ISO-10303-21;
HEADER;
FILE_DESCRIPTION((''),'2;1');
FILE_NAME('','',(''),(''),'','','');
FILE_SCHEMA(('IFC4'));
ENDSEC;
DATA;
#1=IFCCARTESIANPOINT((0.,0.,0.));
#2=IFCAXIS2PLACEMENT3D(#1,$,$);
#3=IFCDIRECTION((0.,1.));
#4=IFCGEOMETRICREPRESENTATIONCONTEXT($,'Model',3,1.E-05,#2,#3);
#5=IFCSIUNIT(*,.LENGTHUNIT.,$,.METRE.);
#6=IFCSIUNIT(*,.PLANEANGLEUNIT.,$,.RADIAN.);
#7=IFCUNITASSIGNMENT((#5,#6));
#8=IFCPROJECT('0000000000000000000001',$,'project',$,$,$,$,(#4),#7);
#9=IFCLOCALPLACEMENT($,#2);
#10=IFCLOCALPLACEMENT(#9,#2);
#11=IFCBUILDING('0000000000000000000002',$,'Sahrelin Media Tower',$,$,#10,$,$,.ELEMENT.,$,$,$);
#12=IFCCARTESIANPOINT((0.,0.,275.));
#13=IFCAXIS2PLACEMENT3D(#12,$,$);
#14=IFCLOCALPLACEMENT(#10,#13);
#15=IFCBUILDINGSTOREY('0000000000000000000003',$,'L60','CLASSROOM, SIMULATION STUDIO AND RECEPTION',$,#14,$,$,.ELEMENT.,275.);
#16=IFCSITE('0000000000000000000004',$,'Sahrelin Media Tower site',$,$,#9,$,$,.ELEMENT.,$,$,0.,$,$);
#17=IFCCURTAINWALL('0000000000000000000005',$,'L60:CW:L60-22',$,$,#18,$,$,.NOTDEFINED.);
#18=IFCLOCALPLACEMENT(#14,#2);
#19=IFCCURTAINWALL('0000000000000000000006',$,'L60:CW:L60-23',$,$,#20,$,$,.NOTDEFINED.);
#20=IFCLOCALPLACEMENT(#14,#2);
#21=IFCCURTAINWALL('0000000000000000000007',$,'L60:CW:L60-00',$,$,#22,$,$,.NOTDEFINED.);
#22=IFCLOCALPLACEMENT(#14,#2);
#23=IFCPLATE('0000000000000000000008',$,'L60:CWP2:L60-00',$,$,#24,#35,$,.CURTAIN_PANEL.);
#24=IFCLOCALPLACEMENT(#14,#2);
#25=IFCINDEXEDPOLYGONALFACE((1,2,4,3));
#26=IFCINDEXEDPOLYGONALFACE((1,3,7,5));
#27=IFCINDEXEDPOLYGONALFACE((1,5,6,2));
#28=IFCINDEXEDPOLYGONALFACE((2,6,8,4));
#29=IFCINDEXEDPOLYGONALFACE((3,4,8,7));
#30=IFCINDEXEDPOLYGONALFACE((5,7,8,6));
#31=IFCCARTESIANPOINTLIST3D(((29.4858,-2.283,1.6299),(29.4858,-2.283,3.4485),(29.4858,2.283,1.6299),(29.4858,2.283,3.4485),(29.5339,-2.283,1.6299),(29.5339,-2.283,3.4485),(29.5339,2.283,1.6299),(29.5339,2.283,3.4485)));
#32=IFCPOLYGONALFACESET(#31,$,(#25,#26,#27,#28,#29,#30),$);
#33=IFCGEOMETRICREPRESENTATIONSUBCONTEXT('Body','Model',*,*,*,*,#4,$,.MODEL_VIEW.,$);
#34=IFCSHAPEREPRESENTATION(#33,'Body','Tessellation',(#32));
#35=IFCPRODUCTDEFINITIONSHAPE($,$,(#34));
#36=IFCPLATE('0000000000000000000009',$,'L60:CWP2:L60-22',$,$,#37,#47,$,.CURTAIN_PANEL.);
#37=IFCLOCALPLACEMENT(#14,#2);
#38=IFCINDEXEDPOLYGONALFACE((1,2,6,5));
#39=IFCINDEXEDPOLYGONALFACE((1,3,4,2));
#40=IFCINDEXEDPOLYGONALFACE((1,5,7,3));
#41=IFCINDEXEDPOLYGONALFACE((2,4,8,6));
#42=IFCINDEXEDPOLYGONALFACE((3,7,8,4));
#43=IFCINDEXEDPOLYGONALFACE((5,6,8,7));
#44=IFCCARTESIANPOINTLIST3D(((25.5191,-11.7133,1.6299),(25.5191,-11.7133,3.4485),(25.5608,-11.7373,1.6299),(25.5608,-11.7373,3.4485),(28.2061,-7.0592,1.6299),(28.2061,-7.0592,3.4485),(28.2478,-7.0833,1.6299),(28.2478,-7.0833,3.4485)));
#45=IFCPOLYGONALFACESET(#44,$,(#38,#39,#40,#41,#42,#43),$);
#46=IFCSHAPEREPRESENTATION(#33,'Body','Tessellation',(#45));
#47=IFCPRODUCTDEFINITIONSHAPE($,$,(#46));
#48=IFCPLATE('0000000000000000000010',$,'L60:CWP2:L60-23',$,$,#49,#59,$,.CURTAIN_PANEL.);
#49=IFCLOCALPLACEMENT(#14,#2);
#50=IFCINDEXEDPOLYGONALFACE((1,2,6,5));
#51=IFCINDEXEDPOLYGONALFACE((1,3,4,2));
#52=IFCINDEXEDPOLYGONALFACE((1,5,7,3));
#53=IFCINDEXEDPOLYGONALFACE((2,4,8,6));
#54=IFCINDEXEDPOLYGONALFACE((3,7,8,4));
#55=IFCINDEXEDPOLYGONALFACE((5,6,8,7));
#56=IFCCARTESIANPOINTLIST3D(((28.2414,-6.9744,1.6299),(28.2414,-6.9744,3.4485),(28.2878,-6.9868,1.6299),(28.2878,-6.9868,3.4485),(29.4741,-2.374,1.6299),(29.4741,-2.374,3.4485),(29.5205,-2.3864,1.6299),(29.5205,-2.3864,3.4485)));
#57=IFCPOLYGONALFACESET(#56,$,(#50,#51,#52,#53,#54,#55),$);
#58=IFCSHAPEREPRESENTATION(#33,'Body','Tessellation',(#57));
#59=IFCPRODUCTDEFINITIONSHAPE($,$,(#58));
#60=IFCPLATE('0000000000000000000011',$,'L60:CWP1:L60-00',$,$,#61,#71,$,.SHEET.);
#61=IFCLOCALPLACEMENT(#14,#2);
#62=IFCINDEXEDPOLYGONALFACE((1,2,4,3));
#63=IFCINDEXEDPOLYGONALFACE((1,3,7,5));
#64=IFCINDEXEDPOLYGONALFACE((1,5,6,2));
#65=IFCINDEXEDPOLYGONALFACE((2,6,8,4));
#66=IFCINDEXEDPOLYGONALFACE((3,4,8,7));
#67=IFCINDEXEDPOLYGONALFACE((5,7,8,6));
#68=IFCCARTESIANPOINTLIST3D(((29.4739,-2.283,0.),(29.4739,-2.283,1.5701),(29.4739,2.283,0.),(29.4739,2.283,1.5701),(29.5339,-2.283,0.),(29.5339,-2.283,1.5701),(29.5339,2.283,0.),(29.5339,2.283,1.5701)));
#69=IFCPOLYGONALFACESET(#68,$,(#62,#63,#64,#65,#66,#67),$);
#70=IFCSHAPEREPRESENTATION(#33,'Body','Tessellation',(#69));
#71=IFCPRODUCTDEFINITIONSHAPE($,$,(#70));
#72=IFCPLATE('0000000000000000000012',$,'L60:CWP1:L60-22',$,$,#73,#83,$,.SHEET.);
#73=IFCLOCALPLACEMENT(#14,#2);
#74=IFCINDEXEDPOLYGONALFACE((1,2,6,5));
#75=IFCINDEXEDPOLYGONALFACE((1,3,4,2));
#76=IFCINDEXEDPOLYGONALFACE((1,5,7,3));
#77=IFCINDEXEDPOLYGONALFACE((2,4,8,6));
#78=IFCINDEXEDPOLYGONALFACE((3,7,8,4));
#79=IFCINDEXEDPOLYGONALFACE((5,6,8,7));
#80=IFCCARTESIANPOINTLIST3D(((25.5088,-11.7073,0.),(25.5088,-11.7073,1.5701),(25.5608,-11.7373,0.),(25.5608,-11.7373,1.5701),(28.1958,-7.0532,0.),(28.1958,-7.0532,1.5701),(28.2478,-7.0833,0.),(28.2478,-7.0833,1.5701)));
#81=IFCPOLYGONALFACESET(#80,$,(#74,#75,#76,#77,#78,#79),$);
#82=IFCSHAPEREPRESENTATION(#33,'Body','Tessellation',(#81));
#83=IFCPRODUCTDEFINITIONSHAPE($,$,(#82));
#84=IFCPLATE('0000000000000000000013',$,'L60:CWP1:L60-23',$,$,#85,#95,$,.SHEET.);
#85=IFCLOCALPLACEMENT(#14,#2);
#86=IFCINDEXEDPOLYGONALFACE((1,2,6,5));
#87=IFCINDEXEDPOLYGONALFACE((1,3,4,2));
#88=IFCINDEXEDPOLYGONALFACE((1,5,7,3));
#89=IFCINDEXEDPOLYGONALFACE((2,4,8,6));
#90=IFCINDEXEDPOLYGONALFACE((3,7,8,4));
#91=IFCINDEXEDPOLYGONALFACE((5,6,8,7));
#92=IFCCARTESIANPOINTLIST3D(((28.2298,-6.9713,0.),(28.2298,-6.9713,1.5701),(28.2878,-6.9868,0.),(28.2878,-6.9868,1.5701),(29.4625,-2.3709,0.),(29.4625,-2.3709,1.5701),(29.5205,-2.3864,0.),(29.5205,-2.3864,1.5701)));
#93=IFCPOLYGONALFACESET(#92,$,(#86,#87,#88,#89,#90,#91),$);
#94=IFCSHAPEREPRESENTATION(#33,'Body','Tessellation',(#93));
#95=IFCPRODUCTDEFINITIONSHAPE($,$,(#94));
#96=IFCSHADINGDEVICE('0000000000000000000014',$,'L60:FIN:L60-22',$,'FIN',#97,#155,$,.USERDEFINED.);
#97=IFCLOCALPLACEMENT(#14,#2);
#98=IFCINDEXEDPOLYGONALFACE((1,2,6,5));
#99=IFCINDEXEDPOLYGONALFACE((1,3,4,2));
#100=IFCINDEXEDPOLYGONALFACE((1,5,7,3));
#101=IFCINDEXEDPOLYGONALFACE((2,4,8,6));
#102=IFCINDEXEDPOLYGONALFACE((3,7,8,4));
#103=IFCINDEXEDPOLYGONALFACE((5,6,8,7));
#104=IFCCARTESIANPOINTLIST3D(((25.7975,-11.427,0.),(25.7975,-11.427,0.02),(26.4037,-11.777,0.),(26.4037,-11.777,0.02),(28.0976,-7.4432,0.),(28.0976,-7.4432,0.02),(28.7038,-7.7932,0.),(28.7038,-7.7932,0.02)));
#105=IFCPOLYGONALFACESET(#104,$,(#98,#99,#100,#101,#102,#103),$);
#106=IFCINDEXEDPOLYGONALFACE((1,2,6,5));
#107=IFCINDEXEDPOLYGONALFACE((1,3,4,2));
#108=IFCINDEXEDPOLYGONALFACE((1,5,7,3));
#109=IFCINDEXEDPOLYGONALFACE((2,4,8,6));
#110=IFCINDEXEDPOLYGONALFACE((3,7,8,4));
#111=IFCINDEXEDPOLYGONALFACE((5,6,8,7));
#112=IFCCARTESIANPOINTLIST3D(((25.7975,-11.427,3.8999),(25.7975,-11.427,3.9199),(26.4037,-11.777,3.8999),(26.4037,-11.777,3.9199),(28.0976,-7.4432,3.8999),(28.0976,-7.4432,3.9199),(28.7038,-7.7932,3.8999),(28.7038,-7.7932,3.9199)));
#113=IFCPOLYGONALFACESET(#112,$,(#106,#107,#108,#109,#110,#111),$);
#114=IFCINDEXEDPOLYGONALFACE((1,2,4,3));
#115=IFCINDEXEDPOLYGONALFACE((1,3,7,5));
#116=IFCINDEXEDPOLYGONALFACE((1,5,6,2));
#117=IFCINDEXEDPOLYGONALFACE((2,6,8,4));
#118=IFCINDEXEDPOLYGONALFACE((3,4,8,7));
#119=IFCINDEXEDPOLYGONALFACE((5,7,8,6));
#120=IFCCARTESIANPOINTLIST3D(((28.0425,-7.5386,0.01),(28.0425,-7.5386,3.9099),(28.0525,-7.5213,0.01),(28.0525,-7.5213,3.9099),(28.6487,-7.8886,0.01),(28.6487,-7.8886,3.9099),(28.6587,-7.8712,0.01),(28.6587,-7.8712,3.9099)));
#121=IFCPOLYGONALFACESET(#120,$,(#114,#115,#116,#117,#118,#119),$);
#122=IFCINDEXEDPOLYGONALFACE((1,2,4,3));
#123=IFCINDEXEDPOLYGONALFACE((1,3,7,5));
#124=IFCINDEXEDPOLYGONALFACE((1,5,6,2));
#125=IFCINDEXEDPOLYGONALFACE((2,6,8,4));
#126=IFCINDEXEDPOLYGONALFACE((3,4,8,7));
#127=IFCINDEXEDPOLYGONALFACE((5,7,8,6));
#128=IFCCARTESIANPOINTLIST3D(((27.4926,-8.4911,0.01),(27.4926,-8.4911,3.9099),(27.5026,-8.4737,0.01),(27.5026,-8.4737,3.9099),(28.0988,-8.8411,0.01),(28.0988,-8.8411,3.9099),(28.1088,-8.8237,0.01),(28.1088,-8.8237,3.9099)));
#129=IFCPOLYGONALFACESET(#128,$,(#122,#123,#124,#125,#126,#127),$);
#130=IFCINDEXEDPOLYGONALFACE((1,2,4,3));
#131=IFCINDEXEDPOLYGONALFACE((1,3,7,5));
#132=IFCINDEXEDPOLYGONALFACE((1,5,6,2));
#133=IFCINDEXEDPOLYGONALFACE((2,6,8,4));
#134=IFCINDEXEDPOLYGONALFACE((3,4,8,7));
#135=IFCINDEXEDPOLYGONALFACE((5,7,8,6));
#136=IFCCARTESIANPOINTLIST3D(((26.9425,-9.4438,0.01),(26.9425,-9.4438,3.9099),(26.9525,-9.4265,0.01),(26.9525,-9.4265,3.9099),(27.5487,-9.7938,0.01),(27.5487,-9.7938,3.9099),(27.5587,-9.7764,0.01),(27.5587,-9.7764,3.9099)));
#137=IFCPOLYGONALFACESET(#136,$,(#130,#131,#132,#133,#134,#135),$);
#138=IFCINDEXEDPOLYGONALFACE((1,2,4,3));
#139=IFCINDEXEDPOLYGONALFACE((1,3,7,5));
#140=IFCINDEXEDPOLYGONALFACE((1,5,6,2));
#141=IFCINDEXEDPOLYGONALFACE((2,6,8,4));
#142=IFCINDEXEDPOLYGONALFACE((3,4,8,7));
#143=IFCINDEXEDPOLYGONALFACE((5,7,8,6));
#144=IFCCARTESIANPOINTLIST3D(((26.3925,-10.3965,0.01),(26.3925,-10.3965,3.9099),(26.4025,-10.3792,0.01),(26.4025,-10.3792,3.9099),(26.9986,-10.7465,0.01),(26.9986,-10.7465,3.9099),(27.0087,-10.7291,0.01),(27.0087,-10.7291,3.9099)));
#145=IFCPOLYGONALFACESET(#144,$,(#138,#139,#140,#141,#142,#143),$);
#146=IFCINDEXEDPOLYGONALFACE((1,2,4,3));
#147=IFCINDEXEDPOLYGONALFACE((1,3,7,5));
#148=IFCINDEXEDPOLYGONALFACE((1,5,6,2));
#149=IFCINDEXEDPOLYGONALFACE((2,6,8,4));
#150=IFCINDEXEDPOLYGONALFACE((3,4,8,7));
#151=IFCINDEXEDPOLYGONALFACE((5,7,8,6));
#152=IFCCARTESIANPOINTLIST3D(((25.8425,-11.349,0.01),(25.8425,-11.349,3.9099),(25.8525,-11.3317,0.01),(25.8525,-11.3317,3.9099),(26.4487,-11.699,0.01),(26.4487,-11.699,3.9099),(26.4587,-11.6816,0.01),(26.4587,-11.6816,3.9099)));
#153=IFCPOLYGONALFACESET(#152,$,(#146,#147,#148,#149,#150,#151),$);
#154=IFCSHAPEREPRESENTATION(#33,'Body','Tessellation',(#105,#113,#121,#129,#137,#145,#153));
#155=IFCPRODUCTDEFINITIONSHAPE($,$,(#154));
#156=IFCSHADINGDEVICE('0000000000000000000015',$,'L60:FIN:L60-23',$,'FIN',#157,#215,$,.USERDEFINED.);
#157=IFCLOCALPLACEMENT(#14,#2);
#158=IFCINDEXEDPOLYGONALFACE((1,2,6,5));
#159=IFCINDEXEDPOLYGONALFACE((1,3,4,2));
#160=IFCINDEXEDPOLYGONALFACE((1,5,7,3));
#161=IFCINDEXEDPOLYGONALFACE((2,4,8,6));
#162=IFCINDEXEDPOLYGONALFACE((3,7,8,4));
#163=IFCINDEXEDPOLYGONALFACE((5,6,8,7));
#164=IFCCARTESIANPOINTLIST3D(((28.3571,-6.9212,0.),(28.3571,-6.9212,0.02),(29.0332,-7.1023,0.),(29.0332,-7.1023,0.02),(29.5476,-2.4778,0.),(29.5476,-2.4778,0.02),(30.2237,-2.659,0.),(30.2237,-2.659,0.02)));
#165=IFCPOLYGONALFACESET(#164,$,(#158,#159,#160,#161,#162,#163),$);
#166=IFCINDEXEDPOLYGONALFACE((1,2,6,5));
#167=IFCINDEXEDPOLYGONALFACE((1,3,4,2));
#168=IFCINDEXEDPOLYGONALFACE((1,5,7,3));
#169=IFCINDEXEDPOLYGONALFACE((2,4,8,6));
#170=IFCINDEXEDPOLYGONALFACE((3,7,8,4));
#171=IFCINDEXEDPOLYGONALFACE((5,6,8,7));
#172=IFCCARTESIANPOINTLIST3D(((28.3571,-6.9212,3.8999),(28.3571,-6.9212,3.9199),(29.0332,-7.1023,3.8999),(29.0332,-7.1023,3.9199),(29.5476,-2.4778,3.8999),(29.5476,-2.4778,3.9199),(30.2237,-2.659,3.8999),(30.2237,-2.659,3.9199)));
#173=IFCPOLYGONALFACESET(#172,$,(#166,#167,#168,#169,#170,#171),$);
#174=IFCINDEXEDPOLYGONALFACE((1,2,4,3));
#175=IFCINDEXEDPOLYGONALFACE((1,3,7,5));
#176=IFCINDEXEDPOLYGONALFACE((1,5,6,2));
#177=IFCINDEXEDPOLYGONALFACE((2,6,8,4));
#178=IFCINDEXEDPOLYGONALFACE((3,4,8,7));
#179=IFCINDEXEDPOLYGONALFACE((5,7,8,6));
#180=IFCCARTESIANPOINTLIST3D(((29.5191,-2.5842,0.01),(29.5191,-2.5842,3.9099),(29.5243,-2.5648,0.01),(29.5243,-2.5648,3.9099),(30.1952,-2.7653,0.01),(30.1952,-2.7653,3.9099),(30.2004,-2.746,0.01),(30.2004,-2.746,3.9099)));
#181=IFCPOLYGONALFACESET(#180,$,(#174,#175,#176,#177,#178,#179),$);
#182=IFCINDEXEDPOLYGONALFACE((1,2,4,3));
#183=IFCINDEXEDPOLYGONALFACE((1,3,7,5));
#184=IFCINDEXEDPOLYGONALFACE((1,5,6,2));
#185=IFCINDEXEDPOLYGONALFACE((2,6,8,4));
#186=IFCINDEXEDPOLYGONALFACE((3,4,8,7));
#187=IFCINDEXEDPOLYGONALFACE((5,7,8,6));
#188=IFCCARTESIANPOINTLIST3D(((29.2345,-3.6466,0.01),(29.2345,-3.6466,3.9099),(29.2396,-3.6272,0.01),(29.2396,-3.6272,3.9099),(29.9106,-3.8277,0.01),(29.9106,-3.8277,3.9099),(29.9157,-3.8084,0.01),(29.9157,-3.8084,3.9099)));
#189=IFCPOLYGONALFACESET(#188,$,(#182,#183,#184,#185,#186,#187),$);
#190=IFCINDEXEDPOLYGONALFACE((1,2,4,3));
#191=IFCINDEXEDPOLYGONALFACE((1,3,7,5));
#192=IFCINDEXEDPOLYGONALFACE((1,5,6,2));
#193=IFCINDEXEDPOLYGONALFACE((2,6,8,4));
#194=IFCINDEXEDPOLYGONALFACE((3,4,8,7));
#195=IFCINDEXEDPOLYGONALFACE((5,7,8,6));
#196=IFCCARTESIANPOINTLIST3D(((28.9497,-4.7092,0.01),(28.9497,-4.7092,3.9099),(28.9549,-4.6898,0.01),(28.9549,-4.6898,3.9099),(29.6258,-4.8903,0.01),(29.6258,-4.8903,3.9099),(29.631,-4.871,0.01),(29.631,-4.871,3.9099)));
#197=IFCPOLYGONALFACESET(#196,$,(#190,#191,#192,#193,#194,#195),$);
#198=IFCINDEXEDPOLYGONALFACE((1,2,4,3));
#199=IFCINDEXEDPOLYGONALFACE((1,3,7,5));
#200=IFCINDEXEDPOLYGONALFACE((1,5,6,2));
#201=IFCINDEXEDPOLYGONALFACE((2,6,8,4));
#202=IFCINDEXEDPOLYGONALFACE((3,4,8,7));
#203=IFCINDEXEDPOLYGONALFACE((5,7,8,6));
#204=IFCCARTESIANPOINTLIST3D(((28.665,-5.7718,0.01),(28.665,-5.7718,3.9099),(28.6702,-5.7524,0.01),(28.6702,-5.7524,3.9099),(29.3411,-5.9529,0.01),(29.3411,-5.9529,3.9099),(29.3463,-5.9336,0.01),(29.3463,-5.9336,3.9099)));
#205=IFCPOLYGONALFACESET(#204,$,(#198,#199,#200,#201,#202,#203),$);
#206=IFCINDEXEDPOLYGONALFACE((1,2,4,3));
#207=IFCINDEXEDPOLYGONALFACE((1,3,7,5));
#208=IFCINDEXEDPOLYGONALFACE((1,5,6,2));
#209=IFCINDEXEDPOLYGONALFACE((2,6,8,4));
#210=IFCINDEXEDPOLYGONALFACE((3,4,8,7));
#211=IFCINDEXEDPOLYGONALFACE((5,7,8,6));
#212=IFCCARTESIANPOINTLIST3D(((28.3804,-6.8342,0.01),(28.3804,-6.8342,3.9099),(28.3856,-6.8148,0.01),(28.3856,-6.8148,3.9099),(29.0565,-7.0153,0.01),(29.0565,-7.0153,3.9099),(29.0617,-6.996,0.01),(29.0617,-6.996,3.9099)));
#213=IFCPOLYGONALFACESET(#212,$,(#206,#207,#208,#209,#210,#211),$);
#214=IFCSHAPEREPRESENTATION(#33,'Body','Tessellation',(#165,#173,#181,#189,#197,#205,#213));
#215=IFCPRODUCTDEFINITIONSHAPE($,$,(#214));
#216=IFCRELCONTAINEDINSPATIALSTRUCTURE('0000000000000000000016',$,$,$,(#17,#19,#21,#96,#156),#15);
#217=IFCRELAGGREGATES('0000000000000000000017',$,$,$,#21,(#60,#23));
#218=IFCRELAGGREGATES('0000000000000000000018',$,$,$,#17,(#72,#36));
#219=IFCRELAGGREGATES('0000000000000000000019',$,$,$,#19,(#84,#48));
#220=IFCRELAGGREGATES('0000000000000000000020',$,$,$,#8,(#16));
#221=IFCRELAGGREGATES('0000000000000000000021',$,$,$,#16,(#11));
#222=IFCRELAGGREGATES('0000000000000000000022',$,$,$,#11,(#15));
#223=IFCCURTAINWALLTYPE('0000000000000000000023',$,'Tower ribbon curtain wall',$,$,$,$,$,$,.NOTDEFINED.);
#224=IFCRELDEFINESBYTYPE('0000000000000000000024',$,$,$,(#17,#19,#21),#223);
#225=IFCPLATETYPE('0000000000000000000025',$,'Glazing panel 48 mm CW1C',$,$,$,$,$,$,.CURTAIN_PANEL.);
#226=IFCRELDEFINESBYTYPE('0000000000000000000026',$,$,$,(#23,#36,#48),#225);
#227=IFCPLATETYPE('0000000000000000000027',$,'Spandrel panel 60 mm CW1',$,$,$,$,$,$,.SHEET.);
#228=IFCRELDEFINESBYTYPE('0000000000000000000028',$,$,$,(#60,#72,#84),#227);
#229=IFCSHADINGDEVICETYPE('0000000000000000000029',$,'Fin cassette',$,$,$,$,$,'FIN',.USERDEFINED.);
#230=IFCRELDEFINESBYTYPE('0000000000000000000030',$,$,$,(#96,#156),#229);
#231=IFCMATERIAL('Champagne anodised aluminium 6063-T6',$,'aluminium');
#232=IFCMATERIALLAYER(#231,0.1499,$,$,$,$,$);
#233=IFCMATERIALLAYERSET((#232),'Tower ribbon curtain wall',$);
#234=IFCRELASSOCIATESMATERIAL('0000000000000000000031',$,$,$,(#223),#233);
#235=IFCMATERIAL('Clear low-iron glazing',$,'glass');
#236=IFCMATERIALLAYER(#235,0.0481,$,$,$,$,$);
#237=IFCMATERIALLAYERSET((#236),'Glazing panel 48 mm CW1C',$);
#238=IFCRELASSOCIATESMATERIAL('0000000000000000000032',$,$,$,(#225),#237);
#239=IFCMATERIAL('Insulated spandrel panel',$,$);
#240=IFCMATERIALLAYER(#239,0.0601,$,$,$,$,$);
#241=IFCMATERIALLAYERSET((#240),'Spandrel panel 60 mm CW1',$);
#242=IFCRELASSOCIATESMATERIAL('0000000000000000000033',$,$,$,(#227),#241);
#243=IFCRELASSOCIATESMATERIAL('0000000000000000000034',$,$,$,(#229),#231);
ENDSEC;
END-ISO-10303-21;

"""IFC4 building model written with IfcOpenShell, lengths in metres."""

from ifc_helpers import new_model, si_unit, direction, frame, origin, origin_2d, place, context, subcontext, project, spatial, polyline, rectangle, outline, extrude, material, layer, layer_set, type_object, element, aggregate, save


model = new_model("IFC4")

# Units and contexts
model_context = context("Model", 3, precision=1e-05, world=origin(), true_north=direction((0.0, 1.0)))
body_context = subcontext(model_context, "Body", "Model", "MODEL_VIEW")
ifc_project = project(units=[si_unit("LENGTHUNIT", "METRE"), si_unit("PLANEANGLEUNIT", "RADIAN")], contexts=[model_context])

# Site, building, storey
site_placement = place(None, origin())
site = spatial("IfcSite", under=ifc_project, at=site_placement, Name="Sahrelin Media Tower site", CompositionType="ELEMENT", RefElevation=0.0)
building_placement = place(site_placement, origin())
building = spatial("IfcBuilding", under=site, at=building_placement, Name="Sahrelin Media Tower", CompositionType="ELEMENT")
storey_placement = place(building_placement, frame((0.0, 0.0, 275.0)))
storey = spatial("IfcBuildingStorey", under=building, at=storey_placement, Name="L60", Description="CLASSROOM, SIMULATION STUDIO AND RECEPTION", CompositionType="ELEMENT", Elevation=275.0)

# Curtain walls
ifc_material_1 = material(Name="Champagne anodised aluminium 6063-T6", Category="aluminium")
ifc_layer_1 = layer(ifc_material_1, 0.1499)
ifc_layer_set_1 = layer_set([ifc_layer_1], Name="Tower ribbon curtain wall")
curtain_wall_type = type_object("IfcCurtainWallType", Name="Tower ribbon curtain wall", PredefinedType="NOTDEFINED", material=ifc_layer_set_1)
curtain_wall_1_placement = place(storey_placement, frame((26.887, -9.4001, 0.0), z_axis=(0.0, 0.0, 1.0), x_axis=(1.0, 0.0, 0.0)))
curtain_wall_1 = element("IfcCurtainWall", 1, at=curtain_wall_1_placement, inside=storey, type_object=curtain_wall_type, Name="L60:CW:L60-22", PredefinedType="NOTDEFINED")
curtain_wall_2_placement = place(storey_placement, frame((28.8848, -4.6814, 0.0), z_axis=(0.0, 0.0, 1.0), x_axis=(1.0, 0.0, 0.0)))
curtain_wall_2 = element("IfcCurtainWall", 2, at=curtain_wall_2_placement, inside=storey, type_object=curtain_wall_type, Name="L60:CW:L60-23", PredefinedType="NOTDEFINED")

# Curtain wall
curtain_wall_3_placement = place(storey_placement, frame((29.5139, 0.0, 0.0), z_axis=(0.0, 0.0, 1.0), x_axis=(1.0, 0.0, 0.0)))
curtain_wall_3 = element("IfcCurtainWall", 3, at=curtain_wall_3_placement, inside=storey, type_object=curtain_wall_type, Name="L60:CW:L60-00", PredefinedType="NOTDEFINED")

# Plates
ifc_material_2 = material(Name="Clear low-iron glazing", Category="glass")
ifc_layer_2 = layer(ifc_material_2, 0.0481)
ifc_layer_set_2 = layer_set([ifc_layer_2], Name="Glazing panel 48 mm CW1C")
plate_type_1 = type_object("IfcPlateType", Name="Glazing panel 48 mm CW1C", PredefinedType="CURTAIN_PANEL", material=ifc_layer_set_2)
plate_1_placement = place(storey_placement, frame((29.5339, -2.283, 1.6299), z_axis=(1.0, 0.0, 0.0), x_axis=(0.0, 1.0, 0.0)))
plate_1 = element("IfcPlate", 4, at=plate_1_placement, type_object=plate_type_1, Name="L60:CWP2:L60-00", PredefinedType="CURTAIN_PANEL", context=body_context, shape_type="SweptSolid", body=[
    extrude(outline(polyline([(0.0, 0.0), (4.5659, 0.0), (4.5659, 1.8186), (0.0, 1.8186), (0.0, 0.0)])), origin(), (0.0, 0.0, -1.0), 0.0481),
])
plate_2_placement = place(storey_placement, frame((25.5608, -11.7373, 1.6299), z_axis=(0.866026, -0.499999, 0.0), x_axis=(0.499999, 0.866026, 0.0)))
plate_2 = element("IfcPlate", 5, at=plate_2_placement, type_object=plate_type_1, Name="L60:CWP2:L60-22", PredefinedType="CURTAIN_PANEL", context=body_context, shape_type="SweptSolid", body=[
    extrude(outline(polyline([(0.0, 0.0), (5.374, 0.0), (5.374, 1.8186), (0.0, 1.8186), (0.0, 0.0)])), origin(), (0.0, 0.0, -1.0), 0.0481),
])
plate_3_placement = place(storey_placement, frame((28.2878, -6.9868, 1.6299), z_axis=(0.965925, -0.258821, 0.0), x_axis=(0.258821, 0.965925, 0.0)))
plate_3 = element("IfcPlate", 6, at=plate_3_placement, type_object=plate_type_1, Name="L60:CWP2:L60-23", PredefinedType="CURTAIN_PANEL", context=body_context, shape_type="SweptSolid", body=[
    extrude(outline(polyline([(0.0, 0.0), (4.7627, 0.0), (4.7627, 1.8186), (0.0, 1.8186), (0.0, 0.0)])), origin(), (0.0, 0.0, -1.0), 0.0481),
])
ifc_material_3 = material(Name="Insulated spandrel panel")
ifc_layer_3 = layer(ifc_material_3, 0.0601)
ifc_layer_set_3 = layer_set([ifc_layer_3], Name="Spandrel panel 60 mm CW1")
plate_type_2 = type_object("IfcPlateType", Name="Spandrel panel 60 mm CW1", PredefinedType="SHEET", material=ifc_layer_set_3)
plate_4_placement = place(storey_placement, frame((29.5339, -2.283, 0.0), z_axis=(1.0, 0.0, 0.0), x_axis=(0.0, 1.0, 0.0)))
plate_4 = element("IfcPlate", 7, at=plate_4_placement, type_object=plate_type_2, Name="L60:CWP1:L60-00", PredefinedType="SHEET", context=body_context, shape_type="SweptSolid", body=[
    extrude(outline(polyline([(0.0, 0.0), (4.5659, 0.0), (4.5659, 1.5701), (0.0, 1.5701), (0.0, 0.0)])), origin(), (0.0, 0.0, -1.0), 0.0601),
])
aggregate(curtain_wall_3, [plate_4, plate_1])
plate_5_placement = place(storey_placement, frame((25.5608, -11.7373, 0.0), z_axis=(0.866026, -0.499999, 0.0), x_axis=(0.499999, 0.866026, 0.0)))
plate_5 = element("IfcPlate", 8, at=plate_5_placement, type_object=plate_type_2, Name="L60:CWP1:L60-22", PredefinedType="SHEET", context=body_context, shape_type="SweptSolid", body=[
    extrude(outline(polyline([(0.0, 0.0), (5.374, 0.0), (5.374, 1.5701), (0.0, 1.5701), (0.0, 0.0)])), origin(), (0.0, 0.0, -1.0), 0.0601),
])
aggregate(curtain_wall_1, [plate_5, plate_2])
plate_6_placement = place(storey_placement, frame((28.2878, -6.9868, 0.0), z_axis=(0.965925, -0.258821, 0.0), x_axis=(0.258821, 0.965925, 0.0)))
plate_6 = element("IfcPlate", 9, at=plate_6_placement, type_object=plate_type_2, Name="L60:CWP1:L60-23", PredefinedType="SHEET", context=body_context, shape_type="SweptSolid", body=[
    extrude(outline(polyline([(0.0, 0.0), (4.7627, 0.0), (4.7627, 1.5701), (0.0, 1.5701), (0.0, 0.0)])), origin(), (0.0, 0.0, -1.0), 0.0601),
])
aggregate(curtain_wall_2, [plate_6, plate_3])

# Shading devices
shading_device_type_1 = type_object("IfcShadingDeviceType", Name="Fin cassette", ElementType="FIN", PredefinedType="USERDEFINED", material=ifc_material_1)
placement_1 = place(storey_placement, frame((26.887, -9.4001, 0.0), z_axis=(0.0, 0.0, 1.0), x_axis=(-0.500011, -0.866019, 0.0)))
element("IfcShadingDevice", 10, at=placement_1, inside=storey, type_object=shading_device_type_1, Name="L60:FIN:L60-22", ObjectType="FIN", PredefinedType="USERDEFINED", context=body_context, shape_type="SweptSolid", body=[
    extrude(rectangle(XDim=4.6001, YDim=0.7, at=origin_2d()), frame((0.0, 0.4199, 0.0)), (0.0, 0.0, 1.0), 0.02),
    extrude(rectangle(XDim=4.6001, YDim=0.7, at=origin_2d()), frame((0.0, 0.4199, 3.8999)), (0.0, 0.0, 1.0), 0.02),
    extrude(rectangle(XDim=0.02, YDim=0.7, at=origin_2d()), frame((-2.2, 0.4199, 0.01), z_axis=(0.0, 0.0, 1.0), x_axis=(1.0, 0.0, 0.0)), (0.0, 0.0, 1.0), 3.8999),
    extrude(rectangle(XDim=0.02, YDim=0.7, at=origin_2d()), frame((-1.1001, 0.4199, 0.01), z_axis=(0.0, 0.0, 1.0), x_axis=(1.0, 0.0, 0.0)), (0.0, 0.0, 1.0), 3.8999),
    extrude(rectangle(XDim=0.02, YDim=0.7, at=origin_2d()), frame((0.0, 0.4199, 0.01), z_axis=(0.0, 0.0, 1.0), x_axis=(1.0, 0.0, 0.0)), (0.0, 0.0, 1.0), 3.8999),
    extrude(rectangle(XDim=0.02, YDim=0.7, at=origin_2d()), frame((1.1001, 0.4199, 0.01), z_axis=(0.0, 0.0, 1.0), x_axis=(1.0, 0.0, 0.0)), (0.0, 0.0, 1.0), 3.8999),
    extrude(rectangle(XDim=0.02, YDim=0.7, at=origin_2d()), frame((2.2, 0.4199, 0.01), z_axis=(0.0, 0.0, 1.0), x_axis=(1.0, 0.0, 0.0)), (0.0, 0.0, 1.0), 3.8999),
])
placement_2 = place(storey_placement, frame((28.8848, -4.6814, 0.0), z_axis=(0.0, 0.0, 1.0), x_axis=(-0.258808, -0.965929, 0.0)))
element("IfcShadingDevice", 11, at=placement_2, inside=storey, type_object=shading_device_type_1, Name="L60:FIN:L60-23", ObjectType="FIN", PredefinedType="USERDEFINED", context=body_context, shape_type="SweptSolid", body=[
    extrude(rectangle(XDim=4.6001, YDim=0.7, at=origin_2d()), frame((0.0, 0.4199, 0.0)), (0.0, 0.0, 1.0), 0.02),
    extrude(rectangle(XDim=4.6001, YDim=0.7, at=origin_2d()), frame((0.0, 0.4199, 3.8999)), (0.0, 0.0, 1.0), 0.02),
    extrude(rectangle(XDim=0.02, YDim=0.7, at=origin_2d()), frame((-2.2, 0.4199, 0.01), z_axis=(0.0, 0.0, 1.0), x_axis=(1.0, 0.0, 0.0)), (0.0, 0.0, 1.0), 3.8999),
    extrude(rectangle(XDim=0.02, YDim=0.7, at=origin_2d()), frame((-1.1001, 0.4199, 0.01), z_axis=(0.0, 0.0, 1.0), x_axis=(1.0, 0.0, 0.0)), (0.0, 0.0, 1.0), 3.8999),
    extrude(rectangle(XDim=0.02, YDim=0.7, at=origin_2d()), frame((0.0, 0.4199, 0.01), z_axis=(0.0, 0.0, 1.0), x_axis=(1.0, 0.0, 0.0)), (0.0, 0.0, 1.0), 3.8999),
    extrude(rectangle(XDim=0.02, YDim=0.7, at=origin_2d()), frame((1.1001, 0.4199, 0.01), z_axis=(0.0, 0.0, 1.0), x_axis=(1.0, 0.0, 0.0)), (0.0, 0.0, 1.0), 3.8999),
    extrude(rectangle(XDim=0.02, YDim=0.7, at=origin_2d()), frame((2.2, 0.4199, 0.01), z_axis=(0.0, 0.0, 1.0), x_axis=(1.0, 0.0, 0.0)), (0.0, 0.0, 1.0), 3.8999),
])

save(model, "model.ifc")
